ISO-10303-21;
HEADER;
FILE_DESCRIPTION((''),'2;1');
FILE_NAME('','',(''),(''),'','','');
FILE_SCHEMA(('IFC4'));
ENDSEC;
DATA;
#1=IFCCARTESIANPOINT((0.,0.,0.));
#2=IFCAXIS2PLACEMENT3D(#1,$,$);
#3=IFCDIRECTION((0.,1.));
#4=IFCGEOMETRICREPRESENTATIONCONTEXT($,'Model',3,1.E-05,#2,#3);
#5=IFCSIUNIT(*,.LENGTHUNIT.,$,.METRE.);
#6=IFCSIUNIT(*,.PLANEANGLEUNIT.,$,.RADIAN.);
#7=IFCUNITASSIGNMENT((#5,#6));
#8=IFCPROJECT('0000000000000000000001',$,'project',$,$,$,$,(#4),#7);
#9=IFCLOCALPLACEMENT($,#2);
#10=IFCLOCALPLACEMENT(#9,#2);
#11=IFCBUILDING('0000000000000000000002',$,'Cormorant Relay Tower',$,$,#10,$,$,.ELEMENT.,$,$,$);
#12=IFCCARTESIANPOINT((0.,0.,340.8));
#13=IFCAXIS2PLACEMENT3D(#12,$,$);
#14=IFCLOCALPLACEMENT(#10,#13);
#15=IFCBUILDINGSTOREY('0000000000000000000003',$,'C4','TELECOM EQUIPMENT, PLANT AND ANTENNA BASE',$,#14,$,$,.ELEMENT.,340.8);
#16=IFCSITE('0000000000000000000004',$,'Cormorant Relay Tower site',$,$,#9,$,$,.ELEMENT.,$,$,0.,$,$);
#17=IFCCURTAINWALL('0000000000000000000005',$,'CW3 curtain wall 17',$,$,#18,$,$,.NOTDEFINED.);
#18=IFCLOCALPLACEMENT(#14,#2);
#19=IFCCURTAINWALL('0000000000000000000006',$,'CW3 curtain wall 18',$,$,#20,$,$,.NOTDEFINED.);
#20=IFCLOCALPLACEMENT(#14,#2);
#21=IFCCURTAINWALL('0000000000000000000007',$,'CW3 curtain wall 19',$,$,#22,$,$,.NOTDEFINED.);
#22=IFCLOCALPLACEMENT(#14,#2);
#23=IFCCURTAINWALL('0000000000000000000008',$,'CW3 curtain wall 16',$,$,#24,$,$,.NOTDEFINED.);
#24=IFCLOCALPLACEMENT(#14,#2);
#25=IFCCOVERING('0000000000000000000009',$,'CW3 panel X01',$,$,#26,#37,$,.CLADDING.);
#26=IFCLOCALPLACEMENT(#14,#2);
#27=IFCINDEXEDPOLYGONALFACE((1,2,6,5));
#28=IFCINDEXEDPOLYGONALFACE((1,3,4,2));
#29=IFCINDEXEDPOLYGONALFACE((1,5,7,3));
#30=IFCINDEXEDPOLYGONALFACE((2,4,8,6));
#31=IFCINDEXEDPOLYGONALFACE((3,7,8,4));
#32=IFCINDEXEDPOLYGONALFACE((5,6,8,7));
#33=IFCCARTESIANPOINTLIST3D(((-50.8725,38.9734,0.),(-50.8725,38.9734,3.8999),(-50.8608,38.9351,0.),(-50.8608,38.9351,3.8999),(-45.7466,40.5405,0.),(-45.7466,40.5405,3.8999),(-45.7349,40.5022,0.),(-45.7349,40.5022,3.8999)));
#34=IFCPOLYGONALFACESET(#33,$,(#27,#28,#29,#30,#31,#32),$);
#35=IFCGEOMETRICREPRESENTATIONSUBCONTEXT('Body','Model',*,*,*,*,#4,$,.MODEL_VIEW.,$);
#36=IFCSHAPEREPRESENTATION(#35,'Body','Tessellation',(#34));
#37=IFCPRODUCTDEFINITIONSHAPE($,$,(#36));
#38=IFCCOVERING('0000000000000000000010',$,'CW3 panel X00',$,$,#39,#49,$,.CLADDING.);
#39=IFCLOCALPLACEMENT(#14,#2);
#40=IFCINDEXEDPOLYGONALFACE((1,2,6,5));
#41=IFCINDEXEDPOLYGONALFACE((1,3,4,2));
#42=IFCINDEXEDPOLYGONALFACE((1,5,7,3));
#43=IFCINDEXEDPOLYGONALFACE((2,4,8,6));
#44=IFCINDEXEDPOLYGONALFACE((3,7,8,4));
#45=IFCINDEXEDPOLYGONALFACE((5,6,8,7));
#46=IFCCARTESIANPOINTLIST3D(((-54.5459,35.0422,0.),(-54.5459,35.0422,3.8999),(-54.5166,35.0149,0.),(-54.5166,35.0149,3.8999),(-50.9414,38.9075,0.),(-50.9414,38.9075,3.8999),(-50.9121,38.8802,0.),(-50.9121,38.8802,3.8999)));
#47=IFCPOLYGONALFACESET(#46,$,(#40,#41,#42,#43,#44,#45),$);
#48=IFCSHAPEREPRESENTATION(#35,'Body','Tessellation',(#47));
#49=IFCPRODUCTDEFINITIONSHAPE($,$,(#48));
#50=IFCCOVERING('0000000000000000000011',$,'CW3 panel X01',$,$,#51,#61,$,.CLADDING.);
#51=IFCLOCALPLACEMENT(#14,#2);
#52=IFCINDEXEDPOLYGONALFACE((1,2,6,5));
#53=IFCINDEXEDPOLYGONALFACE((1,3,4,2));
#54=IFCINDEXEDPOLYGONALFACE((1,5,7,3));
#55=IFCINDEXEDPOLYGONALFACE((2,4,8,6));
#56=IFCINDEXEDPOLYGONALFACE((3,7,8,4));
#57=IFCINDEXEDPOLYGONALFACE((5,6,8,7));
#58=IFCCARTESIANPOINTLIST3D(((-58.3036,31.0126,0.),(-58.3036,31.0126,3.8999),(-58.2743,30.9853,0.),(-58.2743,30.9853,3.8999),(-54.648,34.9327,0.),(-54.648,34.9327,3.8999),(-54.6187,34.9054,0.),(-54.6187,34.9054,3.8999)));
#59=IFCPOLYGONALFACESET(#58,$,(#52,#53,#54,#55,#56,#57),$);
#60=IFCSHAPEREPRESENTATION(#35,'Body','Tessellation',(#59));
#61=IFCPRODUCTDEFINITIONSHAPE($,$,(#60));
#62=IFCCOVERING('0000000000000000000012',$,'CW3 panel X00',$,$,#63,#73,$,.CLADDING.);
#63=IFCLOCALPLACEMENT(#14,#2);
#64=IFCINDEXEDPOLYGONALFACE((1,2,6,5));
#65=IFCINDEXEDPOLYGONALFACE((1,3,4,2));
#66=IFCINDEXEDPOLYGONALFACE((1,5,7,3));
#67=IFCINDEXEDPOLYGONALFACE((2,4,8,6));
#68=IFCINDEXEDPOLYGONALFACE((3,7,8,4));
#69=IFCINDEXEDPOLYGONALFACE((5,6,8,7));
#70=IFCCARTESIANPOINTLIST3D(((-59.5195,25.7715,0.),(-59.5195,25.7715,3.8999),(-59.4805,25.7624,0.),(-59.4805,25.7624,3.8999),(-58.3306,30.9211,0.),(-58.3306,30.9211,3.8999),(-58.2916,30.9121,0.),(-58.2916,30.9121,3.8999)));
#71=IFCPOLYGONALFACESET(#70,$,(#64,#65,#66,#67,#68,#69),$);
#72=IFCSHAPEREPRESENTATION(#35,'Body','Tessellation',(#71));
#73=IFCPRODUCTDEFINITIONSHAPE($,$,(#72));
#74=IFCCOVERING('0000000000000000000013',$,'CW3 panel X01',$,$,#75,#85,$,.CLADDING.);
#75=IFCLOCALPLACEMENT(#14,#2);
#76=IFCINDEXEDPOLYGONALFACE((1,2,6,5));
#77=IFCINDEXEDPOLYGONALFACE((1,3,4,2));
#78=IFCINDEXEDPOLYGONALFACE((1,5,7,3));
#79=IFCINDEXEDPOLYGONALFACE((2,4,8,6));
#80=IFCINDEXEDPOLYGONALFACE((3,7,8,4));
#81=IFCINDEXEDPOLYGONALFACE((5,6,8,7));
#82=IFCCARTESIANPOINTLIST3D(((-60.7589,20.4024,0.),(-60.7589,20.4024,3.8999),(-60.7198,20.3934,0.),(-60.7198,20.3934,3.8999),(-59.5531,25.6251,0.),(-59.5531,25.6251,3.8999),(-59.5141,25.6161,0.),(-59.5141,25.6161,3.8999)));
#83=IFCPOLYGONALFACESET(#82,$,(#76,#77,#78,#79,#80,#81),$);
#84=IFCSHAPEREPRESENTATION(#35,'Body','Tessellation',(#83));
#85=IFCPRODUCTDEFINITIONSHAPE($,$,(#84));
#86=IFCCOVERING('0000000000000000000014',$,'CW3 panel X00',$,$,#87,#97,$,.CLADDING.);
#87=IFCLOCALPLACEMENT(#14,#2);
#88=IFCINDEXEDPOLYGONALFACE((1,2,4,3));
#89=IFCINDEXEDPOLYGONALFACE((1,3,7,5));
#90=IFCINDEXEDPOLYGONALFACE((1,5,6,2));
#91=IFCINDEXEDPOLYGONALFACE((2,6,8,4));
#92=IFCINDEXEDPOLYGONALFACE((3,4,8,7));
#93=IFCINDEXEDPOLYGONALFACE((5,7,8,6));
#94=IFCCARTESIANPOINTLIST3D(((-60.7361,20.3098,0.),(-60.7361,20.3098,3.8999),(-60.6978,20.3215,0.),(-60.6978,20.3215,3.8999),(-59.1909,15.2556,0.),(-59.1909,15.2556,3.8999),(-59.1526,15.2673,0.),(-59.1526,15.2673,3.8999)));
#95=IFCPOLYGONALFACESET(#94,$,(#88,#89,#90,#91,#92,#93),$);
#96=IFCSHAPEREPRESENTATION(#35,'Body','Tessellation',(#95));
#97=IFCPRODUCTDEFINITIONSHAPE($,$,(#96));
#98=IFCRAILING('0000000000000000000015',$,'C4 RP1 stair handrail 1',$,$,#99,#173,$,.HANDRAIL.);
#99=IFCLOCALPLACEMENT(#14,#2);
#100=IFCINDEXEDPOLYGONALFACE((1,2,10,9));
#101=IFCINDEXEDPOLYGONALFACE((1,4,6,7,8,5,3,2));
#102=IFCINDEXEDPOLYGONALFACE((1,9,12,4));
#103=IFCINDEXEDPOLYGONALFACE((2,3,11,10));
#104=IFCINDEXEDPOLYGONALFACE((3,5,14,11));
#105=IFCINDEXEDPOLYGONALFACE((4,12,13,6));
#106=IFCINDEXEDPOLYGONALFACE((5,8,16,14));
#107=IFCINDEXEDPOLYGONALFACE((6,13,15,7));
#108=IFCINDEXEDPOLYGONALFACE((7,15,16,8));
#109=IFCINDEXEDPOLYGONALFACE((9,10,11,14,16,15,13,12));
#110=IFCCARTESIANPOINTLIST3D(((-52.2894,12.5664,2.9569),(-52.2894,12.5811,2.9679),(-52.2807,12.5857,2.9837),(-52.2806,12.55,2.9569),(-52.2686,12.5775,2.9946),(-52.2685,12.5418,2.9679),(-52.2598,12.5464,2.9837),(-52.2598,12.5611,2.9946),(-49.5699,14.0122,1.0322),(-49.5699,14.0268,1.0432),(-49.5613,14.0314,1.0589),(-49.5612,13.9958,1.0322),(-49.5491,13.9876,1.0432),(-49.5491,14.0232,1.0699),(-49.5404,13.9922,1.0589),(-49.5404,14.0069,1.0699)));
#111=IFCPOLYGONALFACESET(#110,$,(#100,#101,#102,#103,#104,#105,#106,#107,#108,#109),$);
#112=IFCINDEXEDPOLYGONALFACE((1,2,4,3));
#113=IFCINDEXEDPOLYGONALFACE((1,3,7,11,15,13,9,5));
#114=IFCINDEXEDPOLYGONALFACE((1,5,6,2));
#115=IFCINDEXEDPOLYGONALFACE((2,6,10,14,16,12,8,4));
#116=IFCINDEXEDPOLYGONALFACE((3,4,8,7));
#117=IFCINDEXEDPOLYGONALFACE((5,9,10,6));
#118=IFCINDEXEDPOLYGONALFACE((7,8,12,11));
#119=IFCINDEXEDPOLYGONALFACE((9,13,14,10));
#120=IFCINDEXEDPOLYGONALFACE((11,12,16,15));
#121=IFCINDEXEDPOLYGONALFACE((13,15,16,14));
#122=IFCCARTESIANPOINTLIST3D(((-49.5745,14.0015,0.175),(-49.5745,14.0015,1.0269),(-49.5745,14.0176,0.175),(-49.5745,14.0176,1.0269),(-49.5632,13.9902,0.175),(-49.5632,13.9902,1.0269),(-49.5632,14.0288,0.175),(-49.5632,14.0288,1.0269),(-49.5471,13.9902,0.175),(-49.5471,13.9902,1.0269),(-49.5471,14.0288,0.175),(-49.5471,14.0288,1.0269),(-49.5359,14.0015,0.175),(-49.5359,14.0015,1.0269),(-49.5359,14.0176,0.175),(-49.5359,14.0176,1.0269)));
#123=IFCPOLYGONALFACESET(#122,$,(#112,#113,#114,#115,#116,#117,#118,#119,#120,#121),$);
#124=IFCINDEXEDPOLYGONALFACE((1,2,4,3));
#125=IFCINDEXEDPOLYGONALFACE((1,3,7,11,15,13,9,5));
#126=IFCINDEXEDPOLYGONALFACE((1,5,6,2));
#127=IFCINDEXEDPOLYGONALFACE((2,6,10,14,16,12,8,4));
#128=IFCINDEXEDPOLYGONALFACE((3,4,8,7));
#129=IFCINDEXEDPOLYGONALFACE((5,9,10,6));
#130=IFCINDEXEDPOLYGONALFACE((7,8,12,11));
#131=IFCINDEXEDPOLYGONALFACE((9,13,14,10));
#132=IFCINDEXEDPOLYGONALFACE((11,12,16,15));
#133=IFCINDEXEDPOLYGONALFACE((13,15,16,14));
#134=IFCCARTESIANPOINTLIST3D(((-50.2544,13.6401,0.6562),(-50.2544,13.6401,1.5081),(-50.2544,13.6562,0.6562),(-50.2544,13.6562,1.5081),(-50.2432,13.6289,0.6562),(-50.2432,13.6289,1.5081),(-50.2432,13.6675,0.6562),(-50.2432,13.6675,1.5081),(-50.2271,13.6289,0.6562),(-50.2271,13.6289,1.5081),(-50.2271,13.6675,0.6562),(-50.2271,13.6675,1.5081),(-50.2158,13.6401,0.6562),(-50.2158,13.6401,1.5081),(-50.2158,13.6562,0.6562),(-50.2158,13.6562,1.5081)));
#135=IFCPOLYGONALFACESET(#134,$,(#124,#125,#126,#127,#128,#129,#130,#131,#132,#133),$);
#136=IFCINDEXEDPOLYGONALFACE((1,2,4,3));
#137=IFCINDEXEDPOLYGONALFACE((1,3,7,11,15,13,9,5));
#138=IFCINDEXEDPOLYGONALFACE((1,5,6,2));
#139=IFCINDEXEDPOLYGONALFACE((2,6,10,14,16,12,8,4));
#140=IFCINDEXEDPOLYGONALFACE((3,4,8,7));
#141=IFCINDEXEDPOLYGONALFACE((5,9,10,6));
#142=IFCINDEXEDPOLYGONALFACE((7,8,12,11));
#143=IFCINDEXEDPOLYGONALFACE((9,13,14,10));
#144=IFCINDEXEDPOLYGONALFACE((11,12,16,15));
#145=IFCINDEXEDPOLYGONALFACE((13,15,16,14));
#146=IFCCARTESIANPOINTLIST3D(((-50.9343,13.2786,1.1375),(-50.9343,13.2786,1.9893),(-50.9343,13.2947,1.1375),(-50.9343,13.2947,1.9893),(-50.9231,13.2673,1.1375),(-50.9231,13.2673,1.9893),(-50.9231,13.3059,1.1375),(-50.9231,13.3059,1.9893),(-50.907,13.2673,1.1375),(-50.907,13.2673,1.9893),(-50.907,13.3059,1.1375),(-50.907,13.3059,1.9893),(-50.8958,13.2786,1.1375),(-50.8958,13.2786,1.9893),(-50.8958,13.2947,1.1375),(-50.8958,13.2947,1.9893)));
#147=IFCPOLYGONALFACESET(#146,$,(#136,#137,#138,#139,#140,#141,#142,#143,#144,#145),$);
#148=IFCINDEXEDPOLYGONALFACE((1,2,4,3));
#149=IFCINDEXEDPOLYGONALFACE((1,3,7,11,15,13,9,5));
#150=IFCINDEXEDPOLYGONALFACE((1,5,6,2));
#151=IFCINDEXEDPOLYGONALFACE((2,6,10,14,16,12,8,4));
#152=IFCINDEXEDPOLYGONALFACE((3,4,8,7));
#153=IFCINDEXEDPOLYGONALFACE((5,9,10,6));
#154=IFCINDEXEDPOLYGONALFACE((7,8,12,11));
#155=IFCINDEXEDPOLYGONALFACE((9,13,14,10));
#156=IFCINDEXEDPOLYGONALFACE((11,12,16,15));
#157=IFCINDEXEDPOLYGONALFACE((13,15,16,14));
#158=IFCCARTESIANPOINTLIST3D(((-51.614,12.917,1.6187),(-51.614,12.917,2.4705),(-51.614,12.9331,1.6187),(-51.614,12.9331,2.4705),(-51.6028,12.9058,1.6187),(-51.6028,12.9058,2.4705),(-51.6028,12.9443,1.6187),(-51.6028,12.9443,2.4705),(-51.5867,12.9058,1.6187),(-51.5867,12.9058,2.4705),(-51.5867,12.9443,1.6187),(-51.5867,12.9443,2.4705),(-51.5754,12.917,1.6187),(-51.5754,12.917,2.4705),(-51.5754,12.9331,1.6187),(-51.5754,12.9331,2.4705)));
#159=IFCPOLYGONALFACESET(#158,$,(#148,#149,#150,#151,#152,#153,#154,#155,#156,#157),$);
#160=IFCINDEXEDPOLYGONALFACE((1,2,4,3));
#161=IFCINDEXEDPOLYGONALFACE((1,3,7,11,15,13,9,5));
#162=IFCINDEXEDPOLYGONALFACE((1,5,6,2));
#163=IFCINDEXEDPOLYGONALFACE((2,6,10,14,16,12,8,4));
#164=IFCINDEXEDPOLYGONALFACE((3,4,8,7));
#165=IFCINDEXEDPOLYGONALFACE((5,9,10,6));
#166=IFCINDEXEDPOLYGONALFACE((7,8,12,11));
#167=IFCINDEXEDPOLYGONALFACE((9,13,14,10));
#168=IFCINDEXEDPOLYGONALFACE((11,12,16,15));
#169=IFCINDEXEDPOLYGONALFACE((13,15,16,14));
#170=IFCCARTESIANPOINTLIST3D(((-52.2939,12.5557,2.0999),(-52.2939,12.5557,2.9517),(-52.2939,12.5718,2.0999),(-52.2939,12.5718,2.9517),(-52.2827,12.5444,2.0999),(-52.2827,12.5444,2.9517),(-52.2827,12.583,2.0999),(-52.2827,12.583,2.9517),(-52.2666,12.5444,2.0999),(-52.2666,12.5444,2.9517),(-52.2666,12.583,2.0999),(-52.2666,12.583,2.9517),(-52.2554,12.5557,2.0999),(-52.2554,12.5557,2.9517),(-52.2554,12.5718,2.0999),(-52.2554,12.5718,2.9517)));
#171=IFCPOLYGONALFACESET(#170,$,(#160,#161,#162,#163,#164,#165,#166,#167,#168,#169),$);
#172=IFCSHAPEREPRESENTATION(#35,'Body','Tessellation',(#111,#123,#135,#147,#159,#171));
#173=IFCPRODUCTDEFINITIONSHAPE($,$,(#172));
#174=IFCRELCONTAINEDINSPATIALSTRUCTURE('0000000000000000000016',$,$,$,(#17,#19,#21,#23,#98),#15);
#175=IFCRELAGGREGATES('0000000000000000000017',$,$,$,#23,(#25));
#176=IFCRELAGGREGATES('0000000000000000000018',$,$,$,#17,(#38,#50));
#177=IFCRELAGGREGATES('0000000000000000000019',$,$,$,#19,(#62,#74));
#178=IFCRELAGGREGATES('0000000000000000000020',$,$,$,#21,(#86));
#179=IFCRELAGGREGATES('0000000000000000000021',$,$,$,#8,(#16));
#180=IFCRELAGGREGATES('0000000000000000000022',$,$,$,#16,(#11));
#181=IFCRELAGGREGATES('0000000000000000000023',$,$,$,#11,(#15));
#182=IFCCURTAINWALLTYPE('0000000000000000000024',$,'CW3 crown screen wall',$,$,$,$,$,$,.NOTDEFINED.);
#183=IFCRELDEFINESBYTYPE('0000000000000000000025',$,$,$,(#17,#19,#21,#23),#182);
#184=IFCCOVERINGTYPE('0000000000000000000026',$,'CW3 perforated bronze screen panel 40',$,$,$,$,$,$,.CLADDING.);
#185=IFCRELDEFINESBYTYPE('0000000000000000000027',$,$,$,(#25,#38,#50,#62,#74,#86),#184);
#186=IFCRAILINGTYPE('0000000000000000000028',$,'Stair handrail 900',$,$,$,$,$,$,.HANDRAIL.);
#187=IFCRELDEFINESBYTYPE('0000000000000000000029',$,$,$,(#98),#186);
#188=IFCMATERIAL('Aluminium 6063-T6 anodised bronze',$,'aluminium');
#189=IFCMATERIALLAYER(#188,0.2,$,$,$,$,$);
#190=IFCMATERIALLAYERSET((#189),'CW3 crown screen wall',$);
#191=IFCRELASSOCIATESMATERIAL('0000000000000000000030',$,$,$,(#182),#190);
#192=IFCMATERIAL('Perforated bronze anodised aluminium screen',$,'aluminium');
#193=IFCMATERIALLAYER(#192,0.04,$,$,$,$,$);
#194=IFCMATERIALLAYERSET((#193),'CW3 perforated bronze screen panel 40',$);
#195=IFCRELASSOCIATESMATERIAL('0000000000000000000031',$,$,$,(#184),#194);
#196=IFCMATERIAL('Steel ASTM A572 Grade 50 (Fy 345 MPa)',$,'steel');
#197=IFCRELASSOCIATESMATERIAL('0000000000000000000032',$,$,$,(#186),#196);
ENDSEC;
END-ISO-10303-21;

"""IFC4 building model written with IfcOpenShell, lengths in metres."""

from ifc_helpers import new_model, si_unit, direction, frame, origin, origin_2d, place, context, subcontext, project, spatial, polyline, rectangle, outline, extrude, material, layer, layer_set, type_object, element, aggregate, save


model = new_model("IFC4")

# Units and contexts
model_context = context("Model", 3, precision=1e-05, world=origin(), true_north=direction((0.0, 1.0)))
body_context = subcontext(model_context, "Body", "Model", "MODEL_VIEW")
ifc_project = project(units=[si_unit("LENGTHUNIT", "METRE"), si_unit("PLANEANGLEUNIT", "RADIAN")], contexts=[model_context])

# Site, building, storey
site_placement = place(None, origin())
site = spatial("IfcSite", under=ifc_project, at=site_placement, Name="Cormorant Relay Tower site", CompositionType="ELEMENT", RefElevation=0.0)
building_placement = place(site_placement, origin())
building = spatial("IfcBuilding", under=site, at=building_placement, Name="Cormorant Relay Tower", CompositionType="ELEMENT")
storey_placement = place(building_placement, frame((0.0, 0.0, 340.8)))
storey = spatial("IfcBuildingStorey", under=building, at=storey_placement, Name="C4", Description="TELECOM EQUIPMENT, PLANT AND ANTENNA BASE", CompositionType="ELEMENT", Elevation=340.8)

# Curtain walls
ifc_material_1 = material(Name="Aluminium 6063-T6 anodised bronze", Category="aluminium")
ifc_layer_1 = layer(ifc_material_1, 0.2)
ifc_layer_set_1 = layer_set([ifc_layer_1], Name="CW3 crown screen wall")
curtain_wall_type = type_object("IfcCurtainWallType", Name="CW3 crown screen wall", PredefinedType="NOTDEFINED", material=ifc_layer_set_1)
curtain_wall_1_placement = place(storey_placement, origin())
curtain_wall_1 = element("IfcCurtainWall", 1, at=curtain_wall_1_placement, inside=storey, type_object=curtain_wall_type, Name="CW3 curtain wall 17", PredefinedType="NOTDEFINED")
curtain_wall_2_placement = place(storey_placement, origin())
curtain_wall_2 = element("IfcCurtainWall", 2, at=curtain_wall_2_placement, inside=storey, type_object=curtain_wall_type, Name="CW3 curtain wall 18", PredefinedType="NOTDEFINED")
curtain_wall_3_placement = place(storey_placement, origin())
curtain_wall_3 = element("IfcCurtainWall", 3, at=curtain_wall_3_placement, inside=storey, type_object=curtain_wall_type, Name="CW3 curtain wall 19", PredefinedType="NOTDEFINED")

# Curtain wall, covering
curtain_wall_4_placement = place(storey_placement, origin())
curtain_wall_4 = element("IfcCurtainWall", 4, at=curtain_wall_4_placement, inside=storey, type_object=curtain_wall_type, Name="CW3 curtain wall 16", PredefinedType="NOTDEFINED")
ifc_material_2 = material(Name="Perforated bronze anodised aluminium screen", Category="aluminium")
ifc_layer_2 = layer(ifc_material_2, 0.04)
ifc_layer_set_2 = layer_set([ifc_layer_2], Name="CW3 perforated bronze screen panel 40")
covering_type = type_object("IfcCoveringType", Name="CW3 perforated bronze screen panel 40", PredefinedType="CLADDING", material=ifc_layer_set_2)
covering_1_placement = place(storey_placement, frame((-48.3037, 39.7378, 0.0), z_axis=(0.0, 0.0, 1.0), x_axis=(-0.956305, -0.292372, 0.0)))
covering_1 = element("IfcCovering", 5, at=covering_1_placement, type_object=covering_type, Name="CW3 panel X01", PredefinedType="CLADDING", context=body_context, shape_type="SweptSolid", body=[
    extrude(rectangle(XDim=5.3601, YDim=0.04, at=origin_2d()), origin(), (0.0, 0.0, 1.0), 3.8999),
])
aggregate(curtain_wall_4, [covering_1])

# Coverings
covering_2_placement = place(storey_placement, frame((-52.729, 36.9612, 0.0), z_axis=(0.0, 0.0, 1.0), x_axis=(-0.681998, -0.731354, 0.0)))
covering_2 = element("IfcCovering", 6, at=covering_2_placement, type_object=covering_type, Name="CW3 panel X00", PredefinedType="CLADDING", context=body_context, shape_type="SweptSolid", body=[
    extrude(rectangle(XDim=5.2852, YDim=0.04, at=origin_2d()), origin(), (0.0, 0.0, 1.0), 3.8999),
])
covering_3_placement = place(storey_placement, frame((-56.4612, 32.959, 0.0), z_axis=(0.0, 0.0, 1.0), x_axis=(-0.681998, -0.731354, 0.0)))
covering_3 = element("IfcCovering", 7, at=covering_3_placement, type_object=covering_type, Name="CW3 panel X01", PredefinedType="CLADDING", context=body_context, shape_type="SweptSolid", body=[
    extrude(rectangle(XDim=5.3601, YDim=0.04, at=origin_2d()), origin(), (0.0, 0.0, 1.0), 3.8999),
])
aggregate(curtain_wall_1, [covering_2, covering_3])
covering_4_placement = place(storey_placement, frame((-58.9055, 28.3418, 0.0), z_axis=(0.0, 0.0, 1.0), x_axis=(-0.224951, -0.97437, 0.0)))
covering_4 = element("IfcCovering", 8, at=covering_4_placement, type_object=covering_type, Name="CW3 panel X00", PredefinedType="CLADDING", context=body_context, shape_type="SweptSolid", body=[
    extrude(rectangle(XDim=5.2852, YDim=0.04, at=origin_2d()), origin(), (0.0, 0.0, 1.0), 3.8999),
])
covering_5_placement = place(storey_placement, frame((-60.1365, 23.0093, 0.0), z_axis=(0.0, 0.0, 1.0), x_axis=(-0.224951, -0.97437, 0.0)))
covering_5 = element("IfcCovering", 9, at=covering_5_placement, type_object=covering_type, Name="CW3 panel X01", PredefinedType="CLADDING", context=body_context, shape_type="SweptSolid", body=[
    extrude(rectangle(XDim=5.3601, YDim=0.04, at=origin_2d()), origin(), (0.0, 0.0, 1.0), 3.8999),
])
aggregate(curtain_wall_2, [covering_4, covering_5])
covering_6_placement = place(storey_placement, frame((-59.9443, 17.7886, 0.0), z_axis=(0.0, 0.0, 1.0), x_axis=(0.292372, -0.956305, 0.0)))
covering_6 = element("IfcCovering", 10, at=covering_6_placement, type_object=covering_type, Name="CW3 panel X00", PredefinedType="CLADDING", context=body_context, shape_type="SweptSolid", body=[
    extrude(rectangle(XDim=5.2852, YDim=0.04, at=origin_2d()), origin(), (0.0, 0.0, 1.0), 3.8999),
])
aggregate(curtain_wall_3, [covering_6])

# Railing
ifc_material_3 = material(Name="Steel ASTM A572 Grade 50 (Fy 345 MPa)", Category="steel")
railing_type = type_object("IfcRailingType", Name="Stair handrail 900", PredefinedType="HANDRAIL", material=ifc_material_3)
railing_placement = place(storey_placement, frame((-49.5552, 14.0095, 0.175)))
element("IfcRailing", 11, at=railing_placement, inside=storey, type_object=railing_type, Name="C4 RP1 stair handrail 1", PredefinedType="HANDRAIL", context=body_context, shape_type="SweptSolid", body=[
    extrude(outline(polyline([(0.0222, 0.0093), (0.0093, 0.0222), (-0.0093, 0.0222), (-0.0222, 0.0093), (-0.0222, -0.0093), (-0.0093, -0.0222), (0.0093, -0.0222), (0.0222, -0.0093), (0.0222, 0.0093)])), frame((0.0, 0.0, 0.876), z_axis=(-0.748774, -0.398082, 0.52997), x_axis=(0.469428, -0.882971, 0.0)), (0.0, 0.0, 1.0), 3.6318),
    extrude(outline(polyline([(0.0193, 0.0081), (0.0081, 0.0193), (-0.0081, 0.0193), (-0.0193, 0.0081), (-0.0193, -0.0081), (-0.0081, -0.0193), (0.0081, -0.0193), (0.0193, -0.0081), (0.0193, 0.0081)])), origin(), (0.0, 0.0, 1.0), 0.8518),
    extrude(outline(polyline([(0.0193, 0.0081), (0.0081, 0.0193), (-0.0081, 0.0193), (-0.0193, 0.0081), (-0.0193, -0.0081), (-0.0081, -0.0193), (0.0081, -0.0193), (0.0193, -0.0081), (0.0193, 0.0081)])), frame((-0.6799, -0.3613, 0.4812)), (0.0, 0.0, 1.0), 0.8518),
    extrude(outline(polyline([(0.0193, 0.0081), (0.0081, 0.0193), (-0.0081, 0.0193), (-0.0193, 0.0081), (-0.0193, -0.0081), (-0.0081, -0.0193), (0.0081, -0.0193), (0.0193, -0.0081), (0.0193, 0.0081)])), frame((-1.3599, -0.7229, 0.9624)), (0.0, 0.0, 1.0), 0.8518),
    extrude(outline(polyline([(0.0193, 0.0081), (0.0081, 0.0193), (-0.0081, 0.0193), (-0.0193, 0.0081), (-0.0193, -0.0081), (-0.0081, -0.0193), (0.0081, -0.0193), (0.0193, -0.0081), (0.0193, 0.0081)])), frame((-2.0396, -1.0845, 1.4436)), (0.0, 0.0, 1.0), 0.8518),
    extrude(outline(polyline([(0.0193, 0.0081), (0.0081, 0.0193), (-0.0081, 0.0193), (-0.0193, 0.0081), (-0.0193, -0.0081), (-0.0081, -0.0193), (0.0081, -0.0193), (0.0193, -0.0081), (0.0193, 0.0081)])), frame((-2.7195, -1.4458, 1.9248)), (0.0, 0.0, 1.0), 0.8518),
])

save(model, "model.ifc")
